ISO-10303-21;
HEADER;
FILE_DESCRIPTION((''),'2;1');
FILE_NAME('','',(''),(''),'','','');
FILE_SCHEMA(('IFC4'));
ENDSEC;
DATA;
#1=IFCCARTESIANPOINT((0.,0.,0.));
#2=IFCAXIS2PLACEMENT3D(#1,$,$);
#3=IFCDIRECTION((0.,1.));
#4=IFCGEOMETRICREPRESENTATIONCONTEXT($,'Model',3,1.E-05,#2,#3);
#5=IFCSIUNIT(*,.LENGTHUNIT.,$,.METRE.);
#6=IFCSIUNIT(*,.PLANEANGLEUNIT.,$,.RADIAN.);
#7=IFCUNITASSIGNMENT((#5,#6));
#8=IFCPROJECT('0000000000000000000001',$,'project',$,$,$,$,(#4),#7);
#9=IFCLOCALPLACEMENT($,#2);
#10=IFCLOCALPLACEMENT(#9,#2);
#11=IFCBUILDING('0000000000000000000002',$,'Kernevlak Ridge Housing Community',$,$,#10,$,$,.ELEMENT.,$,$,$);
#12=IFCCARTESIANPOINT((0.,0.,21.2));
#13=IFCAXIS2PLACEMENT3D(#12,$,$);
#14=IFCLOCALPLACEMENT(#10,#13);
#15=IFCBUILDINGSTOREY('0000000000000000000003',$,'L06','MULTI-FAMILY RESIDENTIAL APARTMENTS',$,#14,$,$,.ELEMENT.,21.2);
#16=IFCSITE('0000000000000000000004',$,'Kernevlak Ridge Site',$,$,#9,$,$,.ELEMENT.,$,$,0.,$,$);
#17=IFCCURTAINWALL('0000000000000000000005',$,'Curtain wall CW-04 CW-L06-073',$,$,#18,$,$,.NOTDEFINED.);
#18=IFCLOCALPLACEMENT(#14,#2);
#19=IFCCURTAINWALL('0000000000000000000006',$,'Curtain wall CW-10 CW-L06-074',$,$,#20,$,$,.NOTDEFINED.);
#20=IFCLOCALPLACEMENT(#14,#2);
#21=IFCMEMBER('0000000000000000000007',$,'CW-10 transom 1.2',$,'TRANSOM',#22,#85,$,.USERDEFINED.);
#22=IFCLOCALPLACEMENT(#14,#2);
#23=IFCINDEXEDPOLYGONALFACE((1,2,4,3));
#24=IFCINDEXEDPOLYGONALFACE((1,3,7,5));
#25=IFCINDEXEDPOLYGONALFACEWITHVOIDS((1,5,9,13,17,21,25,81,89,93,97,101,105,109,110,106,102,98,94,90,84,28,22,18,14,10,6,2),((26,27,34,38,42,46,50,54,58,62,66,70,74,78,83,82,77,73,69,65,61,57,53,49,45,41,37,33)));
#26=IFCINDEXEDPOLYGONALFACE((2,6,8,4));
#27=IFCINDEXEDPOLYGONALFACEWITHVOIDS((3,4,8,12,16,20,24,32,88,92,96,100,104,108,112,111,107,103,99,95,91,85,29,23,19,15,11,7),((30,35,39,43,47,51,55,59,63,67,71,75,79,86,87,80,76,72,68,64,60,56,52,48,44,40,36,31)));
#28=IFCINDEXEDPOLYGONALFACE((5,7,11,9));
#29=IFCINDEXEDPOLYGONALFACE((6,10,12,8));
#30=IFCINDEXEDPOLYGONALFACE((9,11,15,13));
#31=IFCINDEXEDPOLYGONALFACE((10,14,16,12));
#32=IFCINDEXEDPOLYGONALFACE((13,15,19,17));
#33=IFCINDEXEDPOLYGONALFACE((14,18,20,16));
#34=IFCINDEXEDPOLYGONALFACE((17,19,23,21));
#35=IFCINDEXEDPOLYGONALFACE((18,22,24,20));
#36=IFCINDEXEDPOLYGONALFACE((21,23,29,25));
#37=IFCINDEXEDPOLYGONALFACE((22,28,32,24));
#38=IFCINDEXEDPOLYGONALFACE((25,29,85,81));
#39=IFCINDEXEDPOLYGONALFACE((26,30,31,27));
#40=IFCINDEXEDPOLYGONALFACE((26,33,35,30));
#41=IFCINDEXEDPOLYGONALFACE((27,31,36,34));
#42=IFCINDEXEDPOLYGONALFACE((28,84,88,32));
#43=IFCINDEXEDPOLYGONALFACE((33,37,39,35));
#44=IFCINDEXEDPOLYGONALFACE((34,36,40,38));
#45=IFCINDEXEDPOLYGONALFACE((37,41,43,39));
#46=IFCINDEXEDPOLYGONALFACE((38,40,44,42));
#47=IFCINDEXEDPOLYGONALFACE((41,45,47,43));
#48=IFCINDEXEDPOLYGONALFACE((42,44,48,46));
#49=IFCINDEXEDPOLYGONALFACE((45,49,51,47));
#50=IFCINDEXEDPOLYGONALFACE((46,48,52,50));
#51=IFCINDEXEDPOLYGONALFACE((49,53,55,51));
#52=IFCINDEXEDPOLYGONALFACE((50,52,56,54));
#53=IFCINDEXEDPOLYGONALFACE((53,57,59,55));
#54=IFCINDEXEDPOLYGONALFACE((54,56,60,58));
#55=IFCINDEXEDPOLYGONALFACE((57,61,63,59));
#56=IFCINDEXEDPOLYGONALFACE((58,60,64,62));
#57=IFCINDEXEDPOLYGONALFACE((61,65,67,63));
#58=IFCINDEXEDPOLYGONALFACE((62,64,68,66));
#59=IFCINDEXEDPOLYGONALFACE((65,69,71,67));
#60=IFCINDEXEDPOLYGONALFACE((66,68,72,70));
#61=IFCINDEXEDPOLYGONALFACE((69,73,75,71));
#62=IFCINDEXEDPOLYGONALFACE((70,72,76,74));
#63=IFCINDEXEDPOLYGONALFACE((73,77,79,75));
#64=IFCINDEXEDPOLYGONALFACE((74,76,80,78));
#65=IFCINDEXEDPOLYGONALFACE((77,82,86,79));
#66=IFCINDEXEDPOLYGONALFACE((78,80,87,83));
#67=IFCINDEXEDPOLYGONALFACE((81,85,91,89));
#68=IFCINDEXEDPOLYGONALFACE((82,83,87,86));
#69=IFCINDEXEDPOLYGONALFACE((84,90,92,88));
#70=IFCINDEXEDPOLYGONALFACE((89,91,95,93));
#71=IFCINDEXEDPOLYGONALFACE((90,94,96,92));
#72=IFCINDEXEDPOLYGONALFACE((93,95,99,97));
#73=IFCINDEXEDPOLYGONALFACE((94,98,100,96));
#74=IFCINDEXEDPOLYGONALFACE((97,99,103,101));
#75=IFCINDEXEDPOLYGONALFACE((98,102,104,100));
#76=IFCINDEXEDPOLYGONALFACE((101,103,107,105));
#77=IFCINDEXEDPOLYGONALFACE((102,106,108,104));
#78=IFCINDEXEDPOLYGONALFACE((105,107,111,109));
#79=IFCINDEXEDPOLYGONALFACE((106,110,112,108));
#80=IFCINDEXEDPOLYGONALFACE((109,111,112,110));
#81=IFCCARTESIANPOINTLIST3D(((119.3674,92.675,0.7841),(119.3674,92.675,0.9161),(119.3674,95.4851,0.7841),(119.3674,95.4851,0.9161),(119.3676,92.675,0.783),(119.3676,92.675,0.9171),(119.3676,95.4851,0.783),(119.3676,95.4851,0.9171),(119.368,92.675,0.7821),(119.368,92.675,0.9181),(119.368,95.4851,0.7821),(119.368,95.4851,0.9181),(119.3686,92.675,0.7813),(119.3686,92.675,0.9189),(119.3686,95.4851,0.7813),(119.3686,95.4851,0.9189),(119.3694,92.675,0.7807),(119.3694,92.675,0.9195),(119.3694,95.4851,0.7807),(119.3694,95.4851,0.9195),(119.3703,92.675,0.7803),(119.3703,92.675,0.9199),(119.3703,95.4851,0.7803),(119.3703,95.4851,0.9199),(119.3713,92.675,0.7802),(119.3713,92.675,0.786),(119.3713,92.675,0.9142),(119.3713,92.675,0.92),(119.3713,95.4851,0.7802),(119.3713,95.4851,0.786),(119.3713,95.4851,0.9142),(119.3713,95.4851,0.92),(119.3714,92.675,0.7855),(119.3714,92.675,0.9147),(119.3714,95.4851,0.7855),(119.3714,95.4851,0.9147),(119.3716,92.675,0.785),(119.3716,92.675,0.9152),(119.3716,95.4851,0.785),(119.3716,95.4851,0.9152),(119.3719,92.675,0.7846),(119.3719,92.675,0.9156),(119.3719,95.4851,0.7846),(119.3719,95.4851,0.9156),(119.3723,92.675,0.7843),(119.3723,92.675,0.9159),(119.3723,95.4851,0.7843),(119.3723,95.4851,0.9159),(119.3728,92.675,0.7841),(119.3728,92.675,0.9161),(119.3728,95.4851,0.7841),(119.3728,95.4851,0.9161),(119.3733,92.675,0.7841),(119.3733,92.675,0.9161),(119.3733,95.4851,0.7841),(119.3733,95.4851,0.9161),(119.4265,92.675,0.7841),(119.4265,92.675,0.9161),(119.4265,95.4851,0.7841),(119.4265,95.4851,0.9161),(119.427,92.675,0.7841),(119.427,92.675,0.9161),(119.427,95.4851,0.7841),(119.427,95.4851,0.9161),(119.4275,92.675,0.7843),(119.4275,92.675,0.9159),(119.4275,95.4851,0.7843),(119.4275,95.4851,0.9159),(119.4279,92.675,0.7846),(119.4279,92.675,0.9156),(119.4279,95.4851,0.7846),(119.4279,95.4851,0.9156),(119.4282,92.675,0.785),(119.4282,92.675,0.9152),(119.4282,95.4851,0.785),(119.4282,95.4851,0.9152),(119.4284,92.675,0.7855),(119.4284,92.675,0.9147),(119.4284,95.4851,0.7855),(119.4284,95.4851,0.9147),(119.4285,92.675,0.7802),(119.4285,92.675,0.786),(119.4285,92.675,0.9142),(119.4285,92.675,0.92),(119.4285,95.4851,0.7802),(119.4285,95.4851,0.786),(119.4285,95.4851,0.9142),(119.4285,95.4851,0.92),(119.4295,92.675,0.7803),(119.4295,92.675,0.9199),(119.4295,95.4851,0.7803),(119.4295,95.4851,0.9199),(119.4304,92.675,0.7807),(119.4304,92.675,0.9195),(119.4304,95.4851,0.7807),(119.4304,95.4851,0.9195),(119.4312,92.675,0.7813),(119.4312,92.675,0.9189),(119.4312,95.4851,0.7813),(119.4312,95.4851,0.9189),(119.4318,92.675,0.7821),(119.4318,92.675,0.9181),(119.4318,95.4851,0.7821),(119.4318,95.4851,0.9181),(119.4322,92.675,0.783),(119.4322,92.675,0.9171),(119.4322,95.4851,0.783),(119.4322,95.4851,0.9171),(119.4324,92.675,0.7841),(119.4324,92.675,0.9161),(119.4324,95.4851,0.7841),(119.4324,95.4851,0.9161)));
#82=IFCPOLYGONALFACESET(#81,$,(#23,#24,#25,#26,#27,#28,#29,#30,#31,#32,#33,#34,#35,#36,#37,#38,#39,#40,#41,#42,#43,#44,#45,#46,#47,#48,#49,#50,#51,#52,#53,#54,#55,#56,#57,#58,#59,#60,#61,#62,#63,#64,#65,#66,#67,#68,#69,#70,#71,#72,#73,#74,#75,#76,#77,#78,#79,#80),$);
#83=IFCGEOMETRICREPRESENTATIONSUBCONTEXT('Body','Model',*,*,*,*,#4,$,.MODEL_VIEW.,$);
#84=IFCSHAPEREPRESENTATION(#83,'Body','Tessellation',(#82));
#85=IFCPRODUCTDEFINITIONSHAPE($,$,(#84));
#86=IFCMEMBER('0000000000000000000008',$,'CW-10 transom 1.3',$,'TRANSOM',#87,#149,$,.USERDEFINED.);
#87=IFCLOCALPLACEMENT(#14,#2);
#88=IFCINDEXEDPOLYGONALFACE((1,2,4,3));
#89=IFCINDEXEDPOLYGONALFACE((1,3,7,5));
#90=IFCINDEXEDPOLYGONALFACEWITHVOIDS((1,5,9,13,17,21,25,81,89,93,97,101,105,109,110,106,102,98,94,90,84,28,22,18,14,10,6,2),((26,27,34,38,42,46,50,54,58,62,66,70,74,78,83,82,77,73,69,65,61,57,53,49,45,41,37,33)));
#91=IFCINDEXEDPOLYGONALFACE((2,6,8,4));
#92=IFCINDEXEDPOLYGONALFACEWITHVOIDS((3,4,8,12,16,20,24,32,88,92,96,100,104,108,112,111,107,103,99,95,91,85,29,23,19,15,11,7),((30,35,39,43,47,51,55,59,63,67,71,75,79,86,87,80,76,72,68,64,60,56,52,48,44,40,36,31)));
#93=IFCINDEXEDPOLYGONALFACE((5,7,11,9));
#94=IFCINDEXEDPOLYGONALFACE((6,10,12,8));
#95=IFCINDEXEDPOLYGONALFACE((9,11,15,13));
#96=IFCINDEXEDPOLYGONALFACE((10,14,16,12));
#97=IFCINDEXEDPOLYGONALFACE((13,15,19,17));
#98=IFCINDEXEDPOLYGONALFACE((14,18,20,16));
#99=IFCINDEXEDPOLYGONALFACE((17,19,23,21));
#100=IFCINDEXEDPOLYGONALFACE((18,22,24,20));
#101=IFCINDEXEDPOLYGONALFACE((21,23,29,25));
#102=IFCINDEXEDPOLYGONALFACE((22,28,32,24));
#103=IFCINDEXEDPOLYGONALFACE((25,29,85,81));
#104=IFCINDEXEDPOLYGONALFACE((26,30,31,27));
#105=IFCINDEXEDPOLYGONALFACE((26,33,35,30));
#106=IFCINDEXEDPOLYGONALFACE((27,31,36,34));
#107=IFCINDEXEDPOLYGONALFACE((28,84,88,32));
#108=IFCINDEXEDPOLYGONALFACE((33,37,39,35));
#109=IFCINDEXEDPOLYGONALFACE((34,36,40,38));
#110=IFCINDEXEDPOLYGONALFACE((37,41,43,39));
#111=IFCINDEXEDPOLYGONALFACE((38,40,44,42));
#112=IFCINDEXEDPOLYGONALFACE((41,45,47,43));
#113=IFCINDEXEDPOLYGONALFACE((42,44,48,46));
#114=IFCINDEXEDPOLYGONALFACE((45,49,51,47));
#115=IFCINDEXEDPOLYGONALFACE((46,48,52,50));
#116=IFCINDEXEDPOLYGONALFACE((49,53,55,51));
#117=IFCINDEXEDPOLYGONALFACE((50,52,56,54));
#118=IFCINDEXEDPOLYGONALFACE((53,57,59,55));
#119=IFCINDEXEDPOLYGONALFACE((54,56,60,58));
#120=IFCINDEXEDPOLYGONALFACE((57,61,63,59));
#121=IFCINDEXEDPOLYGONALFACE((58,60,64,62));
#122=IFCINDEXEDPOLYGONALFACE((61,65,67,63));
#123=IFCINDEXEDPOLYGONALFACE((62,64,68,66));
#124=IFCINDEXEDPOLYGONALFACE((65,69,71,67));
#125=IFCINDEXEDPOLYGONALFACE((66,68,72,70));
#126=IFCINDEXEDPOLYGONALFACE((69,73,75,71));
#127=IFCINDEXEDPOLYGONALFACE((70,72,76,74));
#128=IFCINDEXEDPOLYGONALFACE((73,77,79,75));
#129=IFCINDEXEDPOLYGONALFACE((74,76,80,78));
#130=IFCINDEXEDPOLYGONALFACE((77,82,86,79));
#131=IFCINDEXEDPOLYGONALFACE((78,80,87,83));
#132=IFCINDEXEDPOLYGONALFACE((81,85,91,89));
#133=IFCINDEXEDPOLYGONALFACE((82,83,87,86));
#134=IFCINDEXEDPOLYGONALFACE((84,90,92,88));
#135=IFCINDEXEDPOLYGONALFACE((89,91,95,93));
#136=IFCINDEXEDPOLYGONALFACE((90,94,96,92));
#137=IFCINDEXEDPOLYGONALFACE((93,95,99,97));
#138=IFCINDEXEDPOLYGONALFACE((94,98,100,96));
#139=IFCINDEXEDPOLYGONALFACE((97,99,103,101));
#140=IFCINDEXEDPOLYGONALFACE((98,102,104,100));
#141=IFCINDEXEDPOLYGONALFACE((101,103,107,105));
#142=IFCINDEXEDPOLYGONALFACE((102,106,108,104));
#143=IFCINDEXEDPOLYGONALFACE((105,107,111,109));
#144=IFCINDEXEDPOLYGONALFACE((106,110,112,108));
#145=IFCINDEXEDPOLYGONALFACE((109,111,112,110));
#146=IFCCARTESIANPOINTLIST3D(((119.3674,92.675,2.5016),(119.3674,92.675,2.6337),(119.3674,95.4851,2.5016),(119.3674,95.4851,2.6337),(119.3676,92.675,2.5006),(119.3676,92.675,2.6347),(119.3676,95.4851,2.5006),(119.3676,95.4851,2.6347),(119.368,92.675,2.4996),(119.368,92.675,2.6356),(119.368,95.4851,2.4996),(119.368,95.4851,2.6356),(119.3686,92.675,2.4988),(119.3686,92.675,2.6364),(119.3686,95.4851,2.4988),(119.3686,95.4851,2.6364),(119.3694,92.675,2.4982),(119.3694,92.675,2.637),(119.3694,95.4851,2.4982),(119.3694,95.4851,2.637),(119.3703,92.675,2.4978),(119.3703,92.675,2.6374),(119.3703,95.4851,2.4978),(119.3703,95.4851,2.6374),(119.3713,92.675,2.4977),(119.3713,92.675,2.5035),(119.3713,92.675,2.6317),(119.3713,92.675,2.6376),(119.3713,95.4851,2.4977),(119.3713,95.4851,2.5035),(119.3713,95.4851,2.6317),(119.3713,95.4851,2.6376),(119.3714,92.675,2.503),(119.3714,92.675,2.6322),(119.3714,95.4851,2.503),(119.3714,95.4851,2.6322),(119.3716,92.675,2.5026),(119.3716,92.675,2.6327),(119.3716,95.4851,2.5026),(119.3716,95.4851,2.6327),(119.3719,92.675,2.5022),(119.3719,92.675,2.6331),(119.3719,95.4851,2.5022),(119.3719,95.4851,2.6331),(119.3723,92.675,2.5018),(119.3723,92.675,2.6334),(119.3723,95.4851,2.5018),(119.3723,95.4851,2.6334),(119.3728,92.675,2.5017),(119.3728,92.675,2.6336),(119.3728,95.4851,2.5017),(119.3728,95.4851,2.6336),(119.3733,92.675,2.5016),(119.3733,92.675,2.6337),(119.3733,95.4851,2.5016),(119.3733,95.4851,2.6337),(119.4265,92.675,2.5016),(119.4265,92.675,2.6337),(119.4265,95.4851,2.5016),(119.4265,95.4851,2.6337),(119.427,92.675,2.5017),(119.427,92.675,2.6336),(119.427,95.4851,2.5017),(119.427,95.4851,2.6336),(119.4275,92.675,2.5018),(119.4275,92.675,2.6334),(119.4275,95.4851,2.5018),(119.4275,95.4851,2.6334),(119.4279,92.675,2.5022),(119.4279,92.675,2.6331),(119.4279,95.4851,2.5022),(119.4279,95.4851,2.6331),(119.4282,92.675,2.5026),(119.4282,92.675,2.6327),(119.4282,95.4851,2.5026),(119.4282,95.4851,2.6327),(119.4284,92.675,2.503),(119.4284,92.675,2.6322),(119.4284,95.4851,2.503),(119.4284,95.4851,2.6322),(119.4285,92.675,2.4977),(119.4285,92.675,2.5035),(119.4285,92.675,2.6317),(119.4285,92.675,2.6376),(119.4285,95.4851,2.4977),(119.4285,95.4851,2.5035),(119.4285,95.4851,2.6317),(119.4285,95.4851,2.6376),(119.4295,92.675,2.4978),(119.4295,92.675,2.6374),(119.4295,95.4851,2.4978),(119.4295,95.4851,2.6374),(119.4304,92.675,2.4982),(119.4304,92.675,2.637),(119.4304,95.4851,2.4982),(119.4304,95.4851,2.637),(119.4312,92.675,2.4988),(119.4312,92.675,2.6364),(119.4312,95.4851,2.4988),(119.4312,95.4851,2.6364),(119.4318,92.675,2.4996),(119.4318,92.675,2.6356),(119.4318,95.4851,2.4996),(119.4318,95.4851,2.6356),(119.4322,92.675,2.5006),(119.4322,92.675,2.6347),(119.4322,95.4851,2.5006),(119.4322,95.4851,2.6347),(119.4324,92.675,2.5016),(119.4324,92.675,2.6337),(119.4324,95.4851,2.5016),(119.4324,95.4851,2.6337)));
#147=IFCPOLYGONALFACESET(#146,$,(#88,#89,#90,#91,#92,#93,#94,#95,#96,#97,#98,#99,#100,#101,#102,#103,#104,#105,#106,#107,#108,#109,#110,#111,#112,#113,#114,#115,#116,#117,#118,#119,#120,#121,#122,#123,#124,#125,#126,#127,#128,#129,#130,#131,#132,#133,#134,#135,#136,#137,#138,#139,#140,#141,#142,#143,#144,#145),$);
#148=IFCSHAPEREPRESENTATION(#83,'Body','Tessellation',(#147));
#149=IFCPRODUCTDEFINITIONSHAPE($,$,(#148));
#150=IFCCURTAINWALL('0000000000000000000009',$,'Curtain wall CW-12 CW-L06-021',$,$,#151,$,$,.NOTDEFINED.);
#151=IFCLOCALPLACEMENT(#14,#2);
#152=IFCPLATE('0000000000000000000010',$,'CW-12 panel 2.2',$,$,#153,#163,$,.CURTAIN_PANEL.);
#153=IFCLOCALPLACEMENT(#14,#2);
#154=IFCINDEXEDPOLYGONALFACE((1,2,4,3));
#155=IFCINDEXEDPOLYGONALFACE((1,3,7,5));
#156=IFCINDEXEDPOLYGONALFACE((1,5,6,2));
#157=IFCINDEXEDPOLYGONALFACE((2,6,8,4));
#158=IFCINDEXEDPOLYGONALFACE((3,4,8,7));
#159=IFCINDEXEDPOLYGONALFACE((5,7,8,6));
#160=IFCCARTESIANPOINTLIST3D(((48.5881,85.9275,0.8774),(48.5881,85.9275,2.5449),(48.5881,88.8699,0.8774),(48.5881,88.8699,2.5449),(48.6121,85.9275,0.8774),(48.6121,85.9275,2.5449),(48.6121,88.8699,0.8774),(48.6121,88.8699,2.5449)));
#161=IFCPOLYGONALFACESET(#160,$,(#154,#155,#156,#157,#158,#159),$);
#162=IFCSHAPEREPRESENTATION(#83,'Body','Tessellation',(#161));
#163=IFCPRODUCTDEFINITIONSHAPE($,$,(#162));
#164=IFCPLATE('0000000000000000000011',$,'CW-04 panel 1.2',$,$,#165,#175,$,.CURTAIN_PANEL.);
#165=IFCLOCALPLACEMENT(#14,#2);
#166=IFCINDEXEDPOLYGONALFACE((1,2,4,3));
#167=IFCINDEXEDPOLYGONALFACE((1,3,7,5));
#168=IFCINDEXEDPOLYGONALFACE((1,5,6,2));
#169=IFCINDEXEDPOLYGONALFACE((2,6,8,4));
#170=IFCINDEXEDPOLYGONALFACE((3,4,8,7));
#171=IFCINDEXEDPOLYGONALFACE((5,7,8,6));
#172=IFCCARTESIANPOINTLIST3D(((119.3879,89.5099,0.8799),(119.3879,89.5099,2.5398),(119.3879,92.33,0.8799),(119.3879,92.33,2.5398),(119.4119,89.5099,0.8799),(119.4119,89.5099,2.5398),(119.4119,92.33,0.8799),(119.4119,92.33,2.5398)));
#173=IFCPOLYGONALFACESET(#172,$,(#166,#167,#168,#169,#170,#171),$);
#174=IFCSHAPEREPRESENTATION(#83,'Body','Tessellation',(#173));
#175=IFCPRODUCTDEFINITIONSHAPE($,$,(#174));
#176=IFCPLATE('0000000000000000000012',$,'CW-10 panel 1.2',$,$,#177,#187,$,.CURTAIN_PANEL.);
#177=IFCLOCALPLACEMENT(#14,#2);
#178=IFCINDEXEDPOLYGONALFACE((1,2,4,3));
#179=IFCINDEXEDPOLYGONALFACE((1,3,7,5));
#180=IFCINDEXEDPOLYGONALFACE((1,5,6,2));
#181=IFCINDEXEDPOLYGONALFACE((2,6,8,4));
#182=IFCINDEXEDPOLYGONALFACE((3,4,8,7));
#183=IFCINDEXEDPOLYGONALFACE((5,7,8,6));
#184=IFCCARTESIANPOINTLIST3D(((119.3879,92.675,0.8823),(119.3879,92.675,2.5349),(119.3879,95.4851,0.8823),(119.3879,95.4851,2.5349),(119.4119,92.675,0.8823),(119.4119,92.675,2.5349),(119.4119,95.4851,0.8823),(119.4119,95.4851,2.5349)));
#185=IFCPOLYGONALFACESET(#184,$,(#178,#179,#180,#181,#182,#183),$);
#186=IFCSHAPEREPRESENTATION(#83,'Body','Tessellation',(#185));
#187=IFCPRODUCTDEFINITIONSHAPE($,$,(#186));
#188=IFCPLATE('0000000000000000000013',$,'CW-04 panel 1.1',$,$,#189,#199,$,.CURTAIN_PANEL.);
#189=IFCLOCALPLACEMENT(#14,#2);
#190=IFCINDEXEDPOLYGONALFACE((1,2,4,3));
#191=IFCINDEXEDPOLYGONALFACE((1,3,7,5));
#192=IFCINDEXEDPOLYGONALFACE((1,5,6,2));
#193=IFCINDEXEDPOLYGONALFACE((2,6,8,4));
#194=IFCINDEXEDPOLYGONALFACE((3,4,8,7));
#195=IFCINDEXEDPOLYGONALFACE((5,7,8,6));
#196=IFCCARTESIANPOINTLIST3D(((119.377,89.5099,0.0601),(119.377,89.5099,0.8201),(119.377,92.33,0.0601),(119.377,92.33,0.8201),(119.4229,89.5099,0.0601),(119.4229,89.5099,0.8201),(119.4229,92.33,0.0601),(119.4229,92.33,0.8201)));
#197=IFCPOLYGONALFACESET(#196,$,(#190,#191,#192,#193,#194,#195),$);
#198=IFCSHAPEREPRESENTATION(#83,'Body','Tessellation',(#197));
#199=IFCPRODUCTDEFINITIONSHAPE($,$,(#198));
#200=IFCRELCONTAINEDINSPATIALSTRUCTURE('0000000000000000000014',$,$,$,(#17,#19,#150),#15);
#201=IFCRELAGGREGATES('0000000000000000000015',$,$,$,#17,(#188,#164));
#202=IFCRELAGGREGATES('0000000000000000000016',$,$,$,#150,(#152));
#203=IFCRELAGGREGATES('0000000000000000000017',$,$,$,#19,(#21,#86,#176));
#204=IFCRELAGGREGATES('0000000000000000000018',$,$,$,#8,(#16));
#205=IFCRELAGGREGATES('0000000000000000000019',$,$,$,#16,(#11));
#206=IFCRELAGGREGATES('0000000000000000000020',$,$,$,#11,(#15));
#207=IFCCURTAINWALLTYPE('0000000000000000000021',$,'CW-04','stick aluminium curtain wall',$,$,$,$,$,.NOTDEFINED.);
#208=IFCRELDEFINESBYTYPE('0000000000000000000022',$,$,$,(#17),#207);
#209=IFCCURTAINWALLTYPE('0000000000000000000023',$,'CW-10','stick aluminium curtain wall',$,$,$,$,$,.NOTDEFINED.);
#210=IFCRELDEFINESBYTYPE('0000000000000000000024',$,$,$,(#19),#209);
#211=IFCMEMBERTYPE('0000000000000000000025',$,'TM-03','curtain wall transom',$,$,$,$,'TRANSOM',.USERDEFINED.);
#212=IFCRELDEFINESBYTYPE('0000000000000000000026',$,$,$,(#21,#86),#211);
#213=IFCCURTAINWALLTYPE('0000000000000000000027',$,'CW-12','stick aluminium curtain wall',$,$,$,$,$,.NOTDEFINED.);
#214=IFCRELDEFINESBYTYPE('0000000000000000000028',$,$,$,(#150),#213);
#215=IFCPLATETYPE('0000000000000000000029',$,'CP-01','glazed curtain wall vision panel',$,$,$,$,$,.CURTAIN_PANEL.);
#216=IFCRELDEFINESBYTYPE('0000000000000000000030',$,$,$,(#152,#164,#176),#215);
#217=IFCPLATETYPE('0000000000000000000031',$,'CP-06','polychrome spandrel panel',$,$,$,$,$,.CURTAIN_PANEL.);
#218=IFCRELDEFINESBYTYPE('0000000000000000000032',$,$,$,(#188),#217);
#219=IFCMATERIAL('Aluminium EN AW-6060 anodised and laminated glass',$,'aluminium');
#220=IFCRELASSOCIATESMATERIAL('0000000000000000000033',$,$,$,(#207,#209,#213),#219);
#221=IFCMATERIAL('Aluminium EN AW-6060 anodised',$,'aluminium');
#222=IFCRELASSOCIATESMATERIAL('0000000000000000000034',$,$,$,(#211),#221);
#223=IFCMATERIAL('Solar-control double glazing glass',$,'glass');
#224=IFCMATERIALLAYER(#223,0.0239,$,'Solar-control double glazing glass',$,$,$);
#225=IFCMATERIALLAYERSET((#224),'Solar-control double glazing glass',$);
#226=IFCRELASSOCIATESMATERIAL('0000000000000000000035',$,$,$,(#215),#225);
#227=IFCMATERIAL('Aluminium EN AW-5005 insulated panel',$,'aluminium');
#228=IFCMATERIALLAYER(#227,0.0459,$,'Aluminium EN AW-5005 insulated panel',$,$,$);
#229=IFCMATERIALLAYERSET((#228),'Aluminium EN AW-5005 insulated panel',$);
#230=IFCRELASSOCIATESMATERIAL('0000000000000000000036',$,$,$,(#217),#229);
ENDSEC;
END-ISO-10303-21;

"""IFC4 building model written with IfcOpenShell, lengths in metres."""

from ifc_helpers import new_model, si_unit, direction, frame, origin, origin_2d, place, context, subcontext, project, spatial, rectangle, hollow_rectangle, extrude, material, layer, layer_set, material_profile, profile_set, type_object, element, aggregate, save


model = new_model("IFC4")

# Units and contexts
model_context = context("Model", 3, precision=1e-05, world=origin(), true_north=direction((0.0, 1.0)))
body_context = subcontext(model_context, "Body", "Model", "MODEL_VIEW")
ifc_project = project(units=[si_unit("LENGTHUNIT", "METRE"), si_unit("PLANEANGLEUNIT", "RADIAN")], contexts=[model_context])

# Site, building, storey
site_placement = place(None, origin())
site = spatial("IfcSite", under=ifc_project, at=site_placement, Name="Kernevlak Ridge Site", CompositionType="ELEMENT", RefElevation=0.0)
building_placement = place(site_placement, origin())
building = spatial("IfcBuilding", under=site, at=building_placement, Name="Kernevlak Ridge Housing Community", CompositionType="ELEMENT")
storey_placement = place(building_placement, frame((0.0, 0.0, 21.2)))
storey = spatial("IfcBuildingStorey", under=building, at=storey_placement, Name="L06", Description="MULTI-FAMILY RESIDENTIAL APARTMENTS", CompositionType="ELEMENT", Elevation=21.2)

# Curtain walls
ifc_material_1 = material(Name="Aluminium EN AW-6060 anodised and laminated glass", Category="aluminium")
curtain_wall_type_1 = type_object("IfcCurtainWallType", Name="CW-04", Description="stick aluminium curtain wall", PredefinedType="NOTDEFINED", material=ifc_material_1)
curtain_wall_1_placement = place(storey_placement, origin())
curtain_wall_1 = element("IfcCurtainWall", 1, at=curtain_wall_1_placement, inside=storey, type_object=curtain_wall_type_1, Name="Curtain wall CW-04 CW-L06-073", PredefinedType="NOTDEFINED")
ifc_material_2 = material(Name="Aluminium EN AW-6060 anodised", Category="aluminium")
curtain_wall_type_2 = type_object("IfcCurtainWallType", Name="CW-10", Description="stick aluminium curtain wall", PredefinedType="NOTDEFINED", material=ifc_material_1)
curtain_wall_2_placement = place(storey_placement, origin())
curtain_wall_2 = element("IfcCurtainWall", 2, at=curtain_wall_2_placement, inside=storey, type_object=curtain_wall_type_2, Name="Curtain wall CW-10 CW-L06-074", PredefinedType="NOTDEFINED")

# Members
ifc_material_profile_1 = material_profile(ifc_material_2, hollow_rectangle(XDim=0.0649, YDim=0.1399, WallThickness=0.0039, InnerFilletRadius=0.002, OuterFilletRadius=0.0039, at=origin_2d()), Name="ALU 65x140x4")
ifc_profile_set_1 = profile_set([ifc_material_profile_1], Name="Aluminium EN AW-6060 anodised")
member_type_1 = type_object("IfcMemberType", Name="TM-03", Description="curtain wall transom", ElementType="TRANSOM", PredefinedType="USERDEFINED", material=ifc_profile_set_1)
member_1_placement = place(storey_placement, frame((119.3999, 92.675, 0.8501), z_axis=(0.0, 1.0, 0.0), x_axis=(-1.0, 0.0, 0.0)))
member_1 = element("IfcMember", 3, at=member_1_placement, type_object=member_type_1, Name="CW-10 transom 1.2", ObjectType="TRANSOM", PredefinedType="USERDEFINED", context=body_context, shape_type="SweptSolid", body=[
    extrude(hollow_rectangle(XDim=0.0649, YDim=0.1399, WallThickness=0.0039, InnerFilletRadius=0.002, OuterFilletRadius=0.0039, at=origin_2d()), origin(), (0.0, 0.0, 1.0), 2.8101),
])
member_2_placement = place(storey_placement, frame((119.3999, 92.675, 2.5676), z_axis=(0.0, 1.0, 0.0), x_axis=(-1.0, 0.0, 0.0)))
member_2 = element("IfcMember", 4, at=member_2_placement, type_object=member_type_1, Name="CW-10 transom 1.3", ObjectType="TRANSOM", PredefinedType="USERDEFINED", context=body_context, shape_type="SweptSolid", body=[
    extrude(hollow_rectangle(XDim=0.0649, YDim=0.1399, WallThickness=0.0039, InnerFilletRadius=0.002, OuterFilletRadius=0.0039, at=origin_2d()), origin(), (0.0, 0.0, 1.0), 2.8101),
])

# Curtain wall, plate
curtain_wall_type_3 = type_object("IfcCurtainWallType", Name="CW-12", Description="stick aluminium curtain wall", PredefinedType="NOTDEFINED", material=ifc_material_1)
curtain_wall_3_placement = place(storey_placement, origin())
curtain_wall_3 = element("IfcCurtainWall", 5, at=curtain_wall_3_placement, inside=storey, type_object=curtain_wall_type_3, Name="Curtain wall CW-12 CW-L06-021", PredefinedType="NOTDEFINED")
ifc_material_3 = material(Name="Solar-control double glazing glass", Category="glass")
ifc_layer_1 = layer(ifc_material_3, 0.0239, Name="Solar-control double glazing glass")
ifc_layer_set_1 = layer_set([ifc_layer_1], Name="Solar-control double glazing glass")
plate_type_1 = type_object("IfcPlateType", Name="CP-01", Description="glazed curtain wall vision panel", PredefinedType="CURTAIN_PANEL", material=ifc_layer_set_1)
plate_1_placement = place(storey_placement, frame((48.6001, 87.3987, 0.8774), z_axis=(0.0, 0.0, 1.0), x_axis=(0.0, 1.0, 0.0)))
plate_1 = element("IfcPlate", 6, at=plate_1_placement, type_object=plate_type_1, Name="CW-12 panel 2.2", PredefinedType="CURTAIN_PANEL", context=body_context, shape_type="SweptSolid", body=[
    extrude(rectangle(XDim=2.9424, YDim=0.0239, at=origin_2d()), origin(), (0.0, 0.0, 1.0), 1.6675),
])

# Plates
plate_2_placement = place(storey_placement, frame((119.3999, 90.9199, 0.8799), z_axis=(0.0, 0.0, 1.0), x_axis=(0.0, 1.0, 0.0)))
plate_2 = element("IfcPlate", 7, at=plate_2_placement, type_object=plate_type_1, Name="CW-04 panel 1.2", PredefinedType="CURTAIN_PANEL", context=body_context, shape_type="SweptSolid", body=[
    extrude(rectangle(XDim=2.8201, YDim=0.0239, at=origin_2d()), origin(), (0.0, 0.0, 1.0), 1.6599),
])
plate_3_placement = place(storey_placement, frame((119.3999, 94.0801, 0.8823), z_axis=(0.0, 0.0, 1.0), x_axis=(0.0, 1.0, 0.0)))
plate_3 = element("IfcPlate", 8, at=plate_3_placement, type_object=plate_type_1, Name="CW-10 panel 1.2", PredefinedType="CURTAIN_PANEL", context=body_context, shape_type="SweptSolid", body=[
    extrude(rectangle(XDim=2.8101, YDim=0.0239, at=origin_2d()), origin(), (0.0, 0.0, 1.0), 1.6526),
])
ifc_material_4 = material(Name="Aluminium EN AW-5005 insulated panel", Category="aluminium")
ifc_layer_2 = layer(ifc_material_4, 0.0459, Name="Aluminium EN AW-5005 insulated panel")
ifc_layer_set_2 = layer_set([ifc_layer_2], Name="Aluminium EN AW-5005 insulated panel")
plate_type_2 = type_object("IfcPlateType", Name="CP-06", Description="polychrome spandrel panel", PredefinedType="CURTAIN_PANEL", material=ifc_layer_set_2)
plate_4_placement = place(storey_placement, frame((119.3999, 90.9199, 0.0601), z_axis=(0.0, 0.0, 1.0), x_axis=(0.0, 1.0, 0.0)))
plate_4 = element("IfcPlate", 9, at=plate_4_placement, type_object=plate_type_2, Name="CW-04 panel 1.1", PredefinedType="CURTAIN_PANEL", context=body_context, shape_type="SweptSolid", body=[
    extrude(rectangle(XDim=2.8201, YDim=0.0459, at=origin_2d()), origin(), (0.0, 0.0, 1.0), 0.76),
])
aggregate(curtain_wall_1, [plate_4, plate_2])
aggregate(curtain_wall_3, [plate_1])
aggregate(curtain_wall_2, [member_1, member_2, plate_3])

save(model, "model.ifc")
